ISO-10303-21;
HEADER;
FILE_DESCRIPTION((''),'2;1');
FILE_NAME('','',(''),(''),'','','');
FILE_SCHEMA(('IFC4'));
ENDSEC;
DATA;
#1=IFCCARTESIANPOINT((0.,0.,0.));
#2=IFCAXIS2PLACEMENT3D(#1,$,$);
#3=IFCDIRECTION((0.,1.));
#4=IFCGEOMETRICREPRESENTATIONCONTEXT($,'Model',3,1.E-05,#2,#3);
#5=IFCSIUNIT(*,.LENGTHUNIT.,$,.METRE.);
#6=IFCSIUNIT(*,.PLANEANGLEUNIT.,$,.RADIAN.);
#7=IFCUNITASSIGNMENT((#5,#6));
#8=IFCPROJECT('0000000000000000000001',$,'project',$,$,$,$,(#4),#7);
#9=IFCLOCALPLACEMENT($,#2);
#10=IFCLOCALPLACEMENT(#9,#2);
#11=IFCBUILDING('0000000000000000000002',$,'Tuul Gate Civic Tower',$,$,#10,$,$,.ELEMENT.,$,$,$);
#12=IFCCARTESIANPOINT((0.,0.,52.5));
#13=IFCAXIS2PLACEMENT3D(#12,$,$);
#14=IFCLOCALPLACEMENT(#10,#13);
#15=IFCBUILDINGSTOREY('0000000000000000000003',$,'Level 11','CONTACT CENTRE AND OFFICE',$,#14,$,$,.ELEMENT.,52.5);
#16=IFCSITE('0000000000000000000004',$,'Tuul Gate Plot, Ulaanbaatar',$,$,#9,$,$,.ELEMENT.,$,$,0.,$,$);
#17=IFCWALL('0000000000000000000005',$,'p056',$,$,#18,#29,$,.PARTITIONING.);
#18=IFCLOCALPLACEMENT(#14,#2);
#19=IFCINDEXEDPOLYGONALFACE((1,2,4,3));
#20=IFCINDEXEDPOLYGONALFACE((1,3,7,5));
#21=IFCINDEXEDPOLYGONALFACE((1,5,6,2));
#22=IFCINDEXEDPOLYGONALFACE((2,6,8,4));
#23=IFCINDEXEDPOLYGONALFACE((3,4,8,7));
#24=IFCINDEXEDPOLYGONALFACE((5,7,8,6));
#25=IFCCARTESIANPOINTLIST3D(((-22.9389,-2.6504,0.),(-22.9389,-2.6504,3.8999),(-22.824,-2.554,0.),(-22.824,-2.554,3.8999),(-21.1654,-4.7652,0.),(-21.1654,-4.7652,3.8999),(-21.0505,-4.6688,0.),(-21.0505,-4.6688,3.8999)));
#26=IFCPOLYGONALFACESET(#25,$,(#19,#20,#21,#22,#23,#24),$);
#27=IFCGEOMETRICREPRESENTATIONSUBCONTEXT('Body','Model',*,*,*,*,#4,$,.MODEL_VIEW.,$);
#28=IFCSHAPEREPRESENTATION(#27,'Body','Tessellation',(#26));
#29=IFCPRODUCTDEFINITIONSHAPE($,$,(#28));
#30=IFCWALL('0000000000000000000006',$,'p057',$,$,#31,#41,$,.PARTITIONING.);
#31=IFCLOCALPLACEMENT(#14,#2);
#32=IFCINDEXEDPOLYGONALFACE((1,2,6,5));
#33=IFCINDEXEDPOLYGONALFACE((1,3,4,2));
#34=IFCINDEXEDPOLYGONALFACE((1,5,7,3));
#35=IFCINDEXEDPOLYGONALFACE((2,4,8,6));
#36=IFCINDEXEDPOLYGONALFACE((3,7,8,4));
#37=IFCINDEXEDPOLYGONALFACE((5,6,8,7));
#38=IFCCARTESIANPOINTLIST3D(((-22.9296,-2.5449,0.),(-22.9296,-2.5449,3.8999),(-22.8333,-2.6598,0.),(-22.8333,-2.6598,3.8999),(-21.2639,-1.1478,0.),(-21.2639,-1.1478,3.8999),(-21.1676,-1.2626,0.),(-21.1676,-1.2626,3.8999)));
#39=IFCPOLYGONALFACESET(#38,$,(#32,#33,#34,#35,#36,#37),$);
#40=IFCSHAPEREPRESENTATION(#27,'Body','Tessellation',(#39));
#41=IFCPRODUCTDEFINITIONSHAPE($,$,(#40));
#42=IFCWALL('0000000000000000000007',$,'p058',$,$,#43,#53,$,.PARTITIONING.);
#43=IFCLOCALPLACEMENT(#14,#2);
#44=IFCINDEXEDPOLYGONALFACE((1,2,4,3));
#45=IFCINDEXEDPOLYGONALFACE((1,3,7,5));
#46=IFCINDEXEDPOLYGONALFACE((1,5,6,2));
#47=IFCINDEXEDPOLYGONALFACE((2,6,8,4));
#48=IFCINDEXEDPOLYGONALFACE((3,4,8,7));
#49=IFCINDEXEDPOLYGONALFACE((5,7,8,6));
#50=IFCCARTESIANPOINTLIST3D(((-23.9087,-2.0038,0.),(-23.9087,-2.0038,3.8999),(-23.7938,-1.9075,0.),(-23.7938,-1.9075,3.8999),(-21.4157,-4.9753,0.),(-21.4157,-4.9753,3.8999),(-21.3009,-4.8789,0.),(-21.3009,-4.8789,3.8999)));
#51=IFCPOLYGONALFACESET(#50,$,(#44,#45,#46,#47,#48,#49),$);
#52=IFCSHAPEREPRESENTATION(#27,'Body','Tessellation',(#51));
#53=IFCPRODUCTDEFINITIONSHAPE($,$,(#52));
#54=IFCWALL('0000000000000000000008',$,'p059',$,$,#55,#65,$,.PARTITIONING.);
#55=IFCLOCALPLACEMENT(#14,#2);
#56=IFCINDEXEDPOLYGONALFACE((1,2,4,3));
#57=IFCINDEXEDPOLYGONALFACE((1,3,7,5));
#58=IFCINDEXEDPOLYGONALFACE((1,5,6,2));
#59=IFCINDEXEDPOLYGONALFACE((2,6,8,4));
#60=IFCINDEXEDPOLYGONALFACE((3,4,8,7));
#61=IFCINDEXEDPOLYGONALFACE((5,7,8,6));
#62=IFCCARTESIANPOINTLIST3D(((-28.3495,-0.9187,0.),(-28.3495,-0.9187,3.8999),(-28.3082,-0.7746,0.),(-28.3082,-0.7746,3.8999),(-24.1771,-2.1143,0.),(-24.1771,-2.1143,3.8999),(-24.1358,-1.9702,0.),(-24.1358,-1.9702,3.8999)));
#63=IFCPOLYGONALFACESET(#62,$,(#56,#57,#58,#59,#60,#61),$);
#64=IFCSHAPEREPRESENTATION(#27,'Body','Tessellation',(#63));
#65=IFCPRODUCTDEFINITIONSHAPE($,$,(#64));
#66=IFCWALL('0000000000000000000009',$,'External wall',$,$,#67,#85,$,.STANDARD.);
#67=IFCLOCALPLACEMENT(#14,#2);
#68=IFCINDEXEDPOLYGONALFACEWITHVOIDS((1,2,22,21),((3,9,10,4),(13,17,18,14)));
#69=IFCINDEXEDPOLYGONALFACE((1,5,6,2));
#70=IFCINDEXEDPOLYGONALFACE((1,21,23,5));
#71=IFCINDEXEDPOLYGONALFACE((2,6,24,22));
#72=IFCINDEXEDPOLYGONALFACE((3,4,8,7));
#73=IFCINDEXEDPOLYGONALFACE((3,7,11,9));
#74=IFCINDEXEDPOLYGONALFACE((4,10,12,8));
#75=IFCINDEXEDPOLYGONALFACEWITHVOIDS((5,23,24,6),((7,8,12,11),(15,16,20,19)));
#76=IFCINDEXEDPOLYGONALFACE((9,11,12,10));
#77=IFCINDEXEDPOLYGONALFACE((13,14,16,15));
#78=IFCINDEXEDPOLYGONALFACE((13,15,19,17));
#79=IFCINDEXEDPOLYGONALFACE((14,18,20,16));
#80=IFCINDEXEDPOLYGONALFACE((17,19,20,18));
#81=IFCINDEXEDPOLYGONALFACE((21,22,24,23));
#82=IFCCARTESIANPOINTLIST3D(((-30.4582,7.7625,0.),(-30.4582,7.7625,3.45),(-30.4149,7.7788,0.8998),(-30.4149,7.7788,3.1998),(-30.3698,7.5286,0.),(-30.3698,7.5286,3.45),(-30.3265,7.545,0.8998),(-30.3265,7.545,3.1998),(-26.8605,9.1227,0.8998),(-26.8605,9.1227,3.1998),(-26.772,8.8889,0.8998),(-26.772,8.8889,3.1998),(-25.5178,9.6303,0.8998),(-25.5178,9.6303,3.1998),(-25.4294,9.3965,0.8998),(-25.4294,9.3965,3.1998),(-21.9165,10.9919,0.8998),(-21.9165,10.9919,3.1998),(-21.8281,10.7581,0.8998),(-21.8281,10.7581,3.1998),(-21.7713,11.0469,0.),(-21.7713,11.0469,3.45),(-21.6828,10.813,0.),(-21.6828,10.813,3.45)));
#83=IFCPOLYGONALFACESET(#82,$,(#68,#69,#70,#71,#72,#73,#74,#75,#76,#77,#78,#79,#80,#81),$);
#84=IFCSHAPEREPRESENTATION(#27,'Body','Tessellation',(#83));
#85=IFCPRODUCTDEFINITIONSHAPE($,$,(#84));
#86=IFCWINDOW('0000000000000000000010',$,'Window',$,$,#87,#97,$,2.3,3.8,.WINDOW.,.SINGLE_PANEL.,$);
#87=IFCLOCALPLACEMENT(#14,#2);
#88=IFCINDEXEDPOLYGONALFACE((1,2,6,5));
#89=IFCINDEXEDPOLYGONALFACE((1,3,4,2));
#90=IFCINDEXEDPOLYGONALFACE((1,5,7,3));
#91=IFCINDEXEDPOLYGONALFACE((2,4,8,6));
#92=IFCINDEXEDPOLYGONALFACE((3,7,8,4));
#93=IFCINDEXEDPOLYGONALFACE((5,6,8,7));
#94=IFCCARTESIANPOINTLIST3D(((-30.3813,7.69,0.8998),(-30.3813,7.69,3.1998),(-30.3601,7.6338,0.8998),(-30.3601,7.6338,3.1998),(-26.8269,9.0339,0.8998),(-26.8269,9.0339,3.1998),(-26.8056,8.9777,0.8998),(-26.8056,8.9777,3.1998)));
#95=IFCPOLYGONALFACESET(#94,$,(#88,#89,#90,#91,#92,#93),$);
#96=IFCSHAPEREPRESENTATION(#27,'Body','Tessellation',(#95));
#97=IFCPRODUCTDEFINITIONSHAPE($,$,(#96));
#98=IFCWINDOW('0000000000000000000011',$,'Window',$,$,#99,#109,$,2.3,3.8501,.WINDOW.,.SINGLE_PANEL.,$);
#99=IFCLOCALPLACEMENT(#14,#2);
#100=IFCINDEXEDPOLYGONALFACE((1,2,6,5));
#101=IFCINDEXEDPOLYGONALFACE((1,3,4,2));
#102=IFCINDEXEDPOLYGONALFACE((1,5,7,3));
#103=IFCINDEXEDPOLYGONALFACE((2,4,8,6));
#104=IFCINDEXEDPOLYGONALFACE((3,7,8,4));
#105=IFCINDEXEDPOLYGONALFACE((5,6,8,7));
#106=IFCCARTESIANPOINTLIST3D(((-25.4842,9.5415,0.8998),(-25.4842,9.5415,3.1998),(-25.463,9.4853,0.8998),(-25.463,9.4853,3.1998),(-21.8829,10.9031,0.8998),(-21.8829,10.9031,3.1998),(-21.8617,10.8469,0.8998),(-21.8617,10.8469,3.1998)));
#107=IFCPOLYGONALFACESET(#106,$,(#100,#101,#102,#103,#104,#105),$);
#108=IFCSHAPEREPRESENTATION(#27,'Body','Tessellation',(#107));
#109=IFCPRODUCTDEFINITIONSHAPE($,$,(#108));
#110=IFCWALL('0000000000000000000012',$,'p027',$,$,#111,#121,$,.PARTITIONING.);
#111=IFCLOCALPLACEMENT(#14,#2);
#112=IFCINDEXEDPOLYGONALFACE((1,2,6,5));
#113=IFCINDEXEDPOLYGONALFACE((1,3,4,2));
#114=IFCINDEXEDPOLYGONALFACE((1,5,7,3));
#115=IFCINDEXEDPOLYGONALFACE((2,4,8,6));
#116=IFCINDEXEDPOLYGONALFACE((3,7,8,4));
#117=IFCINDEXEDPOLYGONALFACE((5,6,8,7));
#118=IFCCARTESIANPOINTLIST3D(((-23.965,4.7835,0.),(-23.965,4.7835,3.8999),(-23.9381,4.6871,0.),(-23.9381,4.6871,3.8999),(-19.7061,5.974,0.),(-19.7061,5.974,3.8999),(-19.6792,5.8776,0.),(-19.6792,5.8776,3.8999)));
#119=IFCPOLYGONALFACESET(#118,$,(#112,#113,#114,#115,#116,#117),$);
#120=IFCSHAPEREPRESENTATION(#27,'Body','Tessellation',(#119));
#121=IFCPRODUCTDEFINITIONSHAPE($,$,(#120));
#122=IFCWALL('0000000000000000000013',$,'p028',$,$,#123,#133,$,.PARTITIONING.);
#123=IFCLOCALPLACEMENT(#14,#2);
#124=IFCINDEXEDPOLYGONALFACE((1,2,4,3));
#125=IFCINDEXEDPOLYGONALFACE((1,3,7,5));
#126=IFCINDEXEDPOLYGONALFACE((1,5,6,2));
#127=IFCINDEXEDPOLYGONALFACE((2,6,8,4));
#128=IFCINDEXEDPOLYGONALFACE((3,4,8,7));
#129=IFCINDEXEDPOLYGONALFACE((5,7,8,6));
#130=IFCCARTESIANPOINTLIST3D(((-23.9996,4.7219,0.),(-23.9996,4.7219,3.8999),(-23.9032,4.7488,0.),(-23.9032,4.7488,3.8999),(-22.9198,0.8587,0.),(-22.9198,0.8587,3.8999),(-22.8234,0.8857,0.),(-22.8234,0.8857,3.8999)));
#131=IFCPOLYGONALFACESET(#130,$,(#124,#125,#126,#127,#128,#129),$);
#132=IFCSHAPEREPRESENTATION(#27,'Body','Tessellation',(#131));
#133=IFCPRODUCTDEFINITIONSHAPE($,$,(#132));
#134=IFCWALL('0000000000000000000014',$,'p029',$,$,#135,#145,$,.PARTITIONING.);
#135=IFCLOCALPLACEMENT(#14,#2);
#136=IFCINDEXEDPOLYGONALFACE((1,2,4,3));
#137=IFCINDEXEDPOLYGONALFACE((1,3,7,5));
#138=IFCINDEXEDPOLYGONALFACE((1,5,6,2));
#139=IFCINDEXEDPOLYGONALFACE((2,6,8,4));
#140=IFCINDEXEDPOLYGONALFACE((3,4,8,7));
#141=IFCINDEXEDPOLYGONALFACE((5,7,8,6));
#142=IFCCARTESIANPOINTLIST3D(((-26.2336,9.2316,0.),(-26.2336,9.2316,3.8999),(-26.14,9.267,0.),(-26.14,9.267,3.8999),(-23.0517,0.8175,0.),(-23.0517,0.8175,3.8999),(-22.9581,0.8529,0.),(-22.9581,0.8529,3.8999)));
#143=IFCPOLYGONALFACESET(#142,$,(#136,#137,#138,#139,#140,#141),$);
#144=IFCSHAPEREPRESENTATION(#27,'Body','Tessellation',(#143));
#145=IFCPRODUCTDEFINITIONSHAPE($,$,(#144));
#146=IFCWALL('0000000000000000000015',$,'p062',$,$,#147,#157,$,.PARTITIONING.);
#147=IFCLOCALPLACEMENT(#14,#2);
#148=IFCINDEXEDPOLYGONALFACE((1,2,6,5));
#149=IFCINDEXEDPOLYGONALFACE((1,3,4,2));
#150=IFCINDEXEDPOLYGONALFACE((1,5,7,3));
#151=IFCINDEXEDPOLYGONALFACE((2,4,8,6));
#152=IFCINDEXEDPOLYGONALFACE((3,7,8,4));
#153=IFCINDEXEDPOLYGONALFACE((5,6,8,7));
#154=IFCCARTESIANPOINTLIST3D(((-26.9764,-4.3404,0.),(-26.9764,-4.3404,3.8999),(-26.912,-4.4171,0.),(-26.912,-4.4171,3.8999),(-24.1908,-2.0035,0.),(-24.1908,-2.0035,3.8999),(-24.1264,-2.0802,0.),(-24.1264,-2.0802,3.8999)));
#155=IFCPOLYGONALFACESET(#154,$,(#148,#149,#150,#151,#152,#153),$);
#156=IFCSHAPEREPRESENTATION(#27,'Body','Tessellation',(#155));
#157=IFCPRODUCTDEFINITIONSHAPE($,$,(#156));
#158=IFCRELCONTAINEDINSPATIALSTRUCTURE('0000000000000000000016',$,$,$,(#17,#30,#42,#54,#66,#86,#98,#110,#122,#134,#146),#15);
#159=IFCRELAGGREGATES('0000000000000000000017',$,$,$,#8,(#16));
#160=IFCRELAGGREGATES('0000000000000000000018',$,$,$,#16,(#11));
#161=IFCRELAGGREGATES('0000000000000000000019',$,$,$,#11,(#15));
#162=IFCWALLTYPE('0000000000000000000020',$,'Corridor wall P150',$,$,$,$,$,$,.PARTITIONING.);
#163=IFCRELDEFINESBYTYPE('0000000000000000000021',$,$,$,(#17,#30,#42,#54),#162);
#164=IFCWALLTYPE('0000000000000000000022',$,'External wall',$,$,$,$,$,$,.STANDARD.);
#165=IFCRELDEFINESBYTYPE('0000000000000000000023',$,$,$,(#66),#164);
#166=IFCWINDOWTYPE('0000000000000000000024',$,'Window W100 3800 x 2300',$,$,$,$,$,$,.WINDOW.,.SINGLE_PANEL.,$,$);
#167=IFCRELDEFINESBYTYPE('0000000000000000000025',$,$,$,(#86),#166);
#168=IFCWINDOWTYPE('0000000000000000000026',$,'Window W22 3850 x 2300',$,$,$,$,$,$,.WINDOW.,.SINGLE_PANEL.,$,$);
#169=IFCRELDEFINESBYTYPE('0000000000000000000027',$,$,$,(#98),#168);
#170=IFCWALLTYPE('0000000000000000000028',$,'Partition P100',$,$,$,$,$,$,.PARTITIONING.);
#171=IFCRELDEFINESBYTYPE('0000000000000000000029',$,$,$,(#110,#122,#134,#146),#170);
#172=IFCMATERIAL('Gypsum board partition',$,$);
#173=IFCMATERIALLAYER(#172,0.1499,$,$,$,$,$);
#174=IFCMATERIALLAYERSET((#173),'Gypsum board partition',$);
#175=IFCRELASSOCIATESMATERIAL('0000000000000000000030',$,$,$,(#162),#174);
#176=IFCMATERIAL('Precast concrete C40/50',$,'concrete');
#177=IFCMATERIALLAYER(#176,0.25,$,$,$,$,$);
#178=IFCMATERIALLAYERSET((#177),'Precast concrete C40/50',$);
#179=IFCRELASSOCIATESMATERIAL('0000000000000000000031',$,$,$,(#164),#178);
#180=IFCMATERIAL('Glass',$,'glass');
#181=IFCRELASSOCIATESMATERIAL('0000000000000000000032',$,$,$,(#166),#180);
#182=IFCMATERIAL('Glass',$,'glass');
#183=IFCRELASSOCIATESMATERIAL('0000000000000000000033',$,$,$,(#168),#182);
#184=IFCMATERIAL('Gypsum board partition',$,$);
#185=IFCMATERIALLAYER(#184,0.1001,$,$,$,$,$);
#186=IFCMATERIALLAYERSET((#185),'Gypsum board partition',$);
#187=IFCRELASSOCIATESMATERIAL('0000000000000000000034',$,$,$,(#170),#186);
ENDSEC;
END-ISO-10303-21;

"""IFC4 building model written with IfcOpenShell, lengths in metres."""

from ifc_helpers import new_model, si_unit, direction, frame, frame_2d, origin, place, context, subcontext, project, spatial, rectangle, extrude, material, layer, layer_set, type_object, element, fill, save


model = new_model("IFC4")

# Units and contexts
model_context = context("Model", 3, precision=1e-05, world=origin(), true_north=direction((0.0, 1.0)))
body_context = subcontext(model_context, "Body", "Model", "MODEL_VIEW")
ifc_project = project(units=[si_unit("LENGTHUNIT", "METRE"), si_unit("PLANEANGLEUNIT", "RADIAN")], contexts=[model_context])

# Site, building, storey
site_placement = place(None, origin())
site = spatial("IfcSite", under=ifc_project, at=site_placement, Name="Tuul Gate Plot, Ulaanbaatar", CompositionType="ELEMENT", RefElevation=0.0)
building_placement = place(site_placement, origin())
building = spatial("IfcBuilding", under=site, at=building_placement, Name="Tuul Gate Civic Tower", CompositionType="ELEMENT")
storey_placement = place(building_placement, frame((0.0, 0.0, 52.5)))
storey = spatial("IfcBuildingStorey", under=building, at=storey_placement, Name="Level 11", Description="CONTACT CENTRE AND OFFICE", CompositionType="ELEMENT", Elevation=52.5)

# Shared definitions
ifc_material_1 = material(Name="Gypsum board partition")
ifc_layer_1 = layer(ifc_material_1, 0.1499)
ifc_layer_set_1 = layer_set([ifc_layer_1], Name="Gypsum board partition")
wall_type_1 = type_object("IfcWallType", Name="Corridor wall P150", PredefinedType="PARTITIONING", material=ifc_layer_set_1)

# Walls
wall_1_placement = place(storey_placement, frame((-22.8813, -2.6023, 0.0), z_axis=(0.0, 0.0, 1.0), x_axis=(0.642565, -0.766231, 0.0)))
element("IfcWall", 1, at=wall_1_placement, inside=storey, type_object=wall_type_1, Name="p056", PredefinedType="PARTITIONING", context=body_context, shape_type="SweptSolid", body=[
    extrude(rectangle(XDim=2.76, YDim=0.1499, at=frame_2d((1.3799, 0.0))), origin(), (0.0, 0.0, 1.0), 3.8999),
])
wall_2_placement = place(storey_placement, frame((-22.8813, -2.6023, 0.0), z_axis=(0.0, 0.0, 1.0), x_axis=(0.766165, 0.642644, 0.0)))
element("IfcWall", 2, at=wall_2_placement, inside=storey, type_object=wall_type_1, Name="p057", PredefinedType="PARTITIONING", context=body_context, shape_type="SweptSolid", body=[
    extrude(rectangle(XDim=2.1741, YDim=0.1499, at=frame_2d((1.0869, 0.0))), origin(), (0.0, 0.0, 1.0), 3.8999),
])
wall_3_placement = place(storey_placement, frame((-23.8513, -1.9556, 0.0), z_axis=(0.0, 0.0, 1.0), x_axis=(0.642725, -0.766097, 0.0)))
element("IfcWall", 3, at=wall_3_placement, inside=storey, type_object=wall_type_1, Name="p058", PredefinedType="PARTITIONING", context=body_context, shape_type="SweptSolid", body=[
    extrude(rectangle(XDim=3.8787, YDim=0.1499, at=frame_2d((1.9395, 0.0))), origin(), (0.0, 0.0, 1.0), 3.8999),
])
wall_4_placement = place(storey_placement, frame((-28.3289, -0.8467, 0.0), z_axis=(0.0, 0.0, 1.0), x_axis=(0.961314, -0.275457, 0.0)))
element("IfcWall", 4, at=wall_4_placement, inside=storey, type_object=wall_type_1, Name="p059", PredefinedType="PARTITIONING", context=body_context, shape_type="SweptSolid", body=[
    extrude(rectangle(XDim=4.3403, YDim=0.1499, at=frame_2d((2.1702, 0.0))), origin(), (0.0, 0.0, 1.0), 3.8999),
])

# Wall, openings, windows
ifc_material_2 = material(Name="Precast concrete C40/50", Category="concrete")
ifc_layer_2 = layer(ifc_material_2, 0.25)
ifc_layer_set_2 = layer_set([ifc_layer_2], Name="Precast concrete C40/50")
wall_type_2 = type_object("IfcWallType", Name="External wall", PredefinedType="STANDARD", material=ifc_layer_set_2)
wall_5_placement = place(storey_placement, frame((-21.7271, 10.9299, 0.0), z_axis=(0.0, 0.0, 1.0), x_axis=(-0.935377, -0.353652, 0.0)))
wall_5 = element("IfcWall", 5, at=wall_5_placement, inside=storey, type_object=wall_type_2, Name="External wall", PredefinedType="STANDARD", context=body_context, shape_type="SweptSolid", body=[
    extrude(rectangle(XDim=9.2871, YDim=0.25, at=frame_2d((4.6436, 0.0))), origin(), (0.0, 0.0, 1.0), 3.45),
])
opening_1_placement = place(wall_5_placement, frame((0.1553, 0.0, 0.8999)))
opening_1 = element("IfcOpeningElement", 6, at=opening_1_placement, cuts=wall_5, PredefinedType="OPENING", context=body_context, shape_type="SweptSolid", body=[
    extrude(rectangle(XDim=3.8501, YDim=2.3, at=frame_2d((1.925, 1.1499))), frame((0.0, 0.135, 0.0), z_axis=(0.0, -1.0, 0.0), x_axis=(1.0, 0.0, 0.0)), (0.0, 0.0, 1.0), 0.27),
])
opening_2_placement = place(wall_5_placement, frame((5.4409, 0.0, 0.8999)))
opening_2 = element("IfcOpeningElement", 7, at=opening_2_placement, cuts=wall_5, PredefinedType="OPENING", context=body_context, shape_type="SweptSolid", body=[
    extrude(rectangle(XDim=3.8, YDim=2.3, at=frame_2d((1.8999, 1.1499))), frame((0.0, 0.135, 0.0), z_axis=(0.0, -1.0, 0.0), x_axis=(1.0, 0.0, 0.0)), (0.0, 0.0, 1.0), 0.27),
])
ifc_material_3 = material(Name="Glass", Category="glass")
window_type_1 = type_object("IfcWindowType", Name="Window W100 3800 x 2300", PartitioningType="SINGLE_PANEL", PredefinedType="WINDOW", material=ifc_material_3)
window_1_placement = place(opening_2_placement, origin())
window_1 = element("IfcWindow", 8, at=window_1_placement, inside=storey, type_object=window_type_1, Name="Window", OverallHeight=2.3, OverallWidth=3.8, PartitioningType="SINGLE_PANEL", PredefinedType="WINDOW", context=body_context, shape_type="SweptSolid", body=[
    extrude(rectangle(XDim=3.8, YDim=2.3, at=frame_2d((1.8999, 1.1499))), frame((0.0, 0.03, 0.0), z_axis=(0.0, -1.0, 0.0), x_axis=(1.0, 0.0, 0.0)), (0.0, 0.0, 1.0), 0.0601),
])
fill(opening_2, window_1)
ifc_material_4 = material(Name="Glass", Category="glass")
window_type_2 = type_object("IfcWindowType", Name="Window W22 3850 x 2300", PartitioningType="SINGLE_PANEL", PredefinedType="WINDOW", material=ifc_material_4)
window_2_placement = place(opening_1_placement, origin())
window_2 = element("IfcWindow", 9, at=window_2_placement, inside=storey, type_object=window_type_2, Name="Window", OverallHeight=2.3, OverallWidth=3.8501, PartitioningType="SINGLE_PANEL", PredefinedType="WINDOW", context=body_context, shape_type="SweptSolid", body=[
    extrude(rectangle(XDim=3.8501, YDim=2.3, at=frame_2d((1.925, 1.1499))), frame((0.0, 0.03, 0.0), z_axis=(0.0, -1.0, 0.0), x_axis=(1.0, 0.0, 0.0)), (0.0, 0.0, 1.0), 0.0601),
])
fill(opening_1, window_2)

# Walls
ifc_material_5 = material(Name="Gypsum board partition")
ifc_layer_3 = layer(ifc_material_5, 0.1001)
ifc_layer_set_3 = layer_set([ifc_layer_3], Name="Gypsum board partition")
wall_type_3 = type_object("IfcWallType", Name="Partition P100", PredefinedType="PARTITIONING", material=ifc_layer_set_3)
wall_6_placement = place(storey_placement, frame((-23.9514, 4.7354, 0.0), z_axis=(0.0, 0.0, 1.0), x_axis=(0.963083, 0.269204, 0.0)))
element("IfcWall", 10, at=wall_6_placement, inside=storey, type_object=wall_type_3, Name="p027", PredefinedType="PARTITIONING", context=body_context, shape_type="SweptSolid", body=[
    extrude(rectangle(XDim=4.4221, YDim=0.1001, at=frame_2d((2.2109, 0.0))), origin(), (0.0, 0.0, 1.0), 3.8999),
])
wall_7_placement = place(storey_placement, frame((-23.9514, 4.7354, 0.0), z_axis=(0.0, 0.0, 1.0), x_axis=(0.26921, -0.963082, 0.0)))
element("IfcWall", 11, at=wall_7_placement, inside=storey, type_object=wall_type_3, Name="p028", PredefinedType="PARTITIONING", context=body_context, shape_type="SweptSolid", body=[
    extrude(rectangle(XDim=4.0112, YDim=0.1001, at=frame_2d((2.0056, 0.0))), origin(), (0.0, 0.0, 1.0), 3.8999),
])
wall_8_placement = place(storey_placement, frame((-26.1868, 9.2493, 0.0), z_axis=(0.0, 0.0, 1.0), x_axis=(0.353716, -0.935353, 0.0)))
element("IfcWall", 12, at=wall_8_placement, inside=storey, type_object=wall_type_3, Name="p029", PredefinedType="PARTITIONING", context=body_context, shape_type="SweptSolid", body=[
    extrude(rectangle(XDim=8.9956, YDim=0.1001, at=frame_2d((4.4978, 0.0))), origin(), (0.0, 0.0, 1.0), 3.8999),
])
wall_9_placement = place(storey_placement, frame((-26.9441, -4.3787, 0.0), z_axis=(0.0, 0.0, 1.0), x_axis=(0.766115, 0.642704, 0.0)))
element("IfcWall", 13, at=wall_9_placement, inside=storey, type_object=wall_type_3, Name="p062", PredefinedType="PARTITIONING", context=body_context, shape_type="SweptSolid", body=[
    extrude(rectangle(XDim=3.636, YDim=0.1001, at=frame_2d((1.8179, 0.0))), origin(), (0.0, 0.0, 1.0), 3.8999),
])

save(model, "model.ifc")
